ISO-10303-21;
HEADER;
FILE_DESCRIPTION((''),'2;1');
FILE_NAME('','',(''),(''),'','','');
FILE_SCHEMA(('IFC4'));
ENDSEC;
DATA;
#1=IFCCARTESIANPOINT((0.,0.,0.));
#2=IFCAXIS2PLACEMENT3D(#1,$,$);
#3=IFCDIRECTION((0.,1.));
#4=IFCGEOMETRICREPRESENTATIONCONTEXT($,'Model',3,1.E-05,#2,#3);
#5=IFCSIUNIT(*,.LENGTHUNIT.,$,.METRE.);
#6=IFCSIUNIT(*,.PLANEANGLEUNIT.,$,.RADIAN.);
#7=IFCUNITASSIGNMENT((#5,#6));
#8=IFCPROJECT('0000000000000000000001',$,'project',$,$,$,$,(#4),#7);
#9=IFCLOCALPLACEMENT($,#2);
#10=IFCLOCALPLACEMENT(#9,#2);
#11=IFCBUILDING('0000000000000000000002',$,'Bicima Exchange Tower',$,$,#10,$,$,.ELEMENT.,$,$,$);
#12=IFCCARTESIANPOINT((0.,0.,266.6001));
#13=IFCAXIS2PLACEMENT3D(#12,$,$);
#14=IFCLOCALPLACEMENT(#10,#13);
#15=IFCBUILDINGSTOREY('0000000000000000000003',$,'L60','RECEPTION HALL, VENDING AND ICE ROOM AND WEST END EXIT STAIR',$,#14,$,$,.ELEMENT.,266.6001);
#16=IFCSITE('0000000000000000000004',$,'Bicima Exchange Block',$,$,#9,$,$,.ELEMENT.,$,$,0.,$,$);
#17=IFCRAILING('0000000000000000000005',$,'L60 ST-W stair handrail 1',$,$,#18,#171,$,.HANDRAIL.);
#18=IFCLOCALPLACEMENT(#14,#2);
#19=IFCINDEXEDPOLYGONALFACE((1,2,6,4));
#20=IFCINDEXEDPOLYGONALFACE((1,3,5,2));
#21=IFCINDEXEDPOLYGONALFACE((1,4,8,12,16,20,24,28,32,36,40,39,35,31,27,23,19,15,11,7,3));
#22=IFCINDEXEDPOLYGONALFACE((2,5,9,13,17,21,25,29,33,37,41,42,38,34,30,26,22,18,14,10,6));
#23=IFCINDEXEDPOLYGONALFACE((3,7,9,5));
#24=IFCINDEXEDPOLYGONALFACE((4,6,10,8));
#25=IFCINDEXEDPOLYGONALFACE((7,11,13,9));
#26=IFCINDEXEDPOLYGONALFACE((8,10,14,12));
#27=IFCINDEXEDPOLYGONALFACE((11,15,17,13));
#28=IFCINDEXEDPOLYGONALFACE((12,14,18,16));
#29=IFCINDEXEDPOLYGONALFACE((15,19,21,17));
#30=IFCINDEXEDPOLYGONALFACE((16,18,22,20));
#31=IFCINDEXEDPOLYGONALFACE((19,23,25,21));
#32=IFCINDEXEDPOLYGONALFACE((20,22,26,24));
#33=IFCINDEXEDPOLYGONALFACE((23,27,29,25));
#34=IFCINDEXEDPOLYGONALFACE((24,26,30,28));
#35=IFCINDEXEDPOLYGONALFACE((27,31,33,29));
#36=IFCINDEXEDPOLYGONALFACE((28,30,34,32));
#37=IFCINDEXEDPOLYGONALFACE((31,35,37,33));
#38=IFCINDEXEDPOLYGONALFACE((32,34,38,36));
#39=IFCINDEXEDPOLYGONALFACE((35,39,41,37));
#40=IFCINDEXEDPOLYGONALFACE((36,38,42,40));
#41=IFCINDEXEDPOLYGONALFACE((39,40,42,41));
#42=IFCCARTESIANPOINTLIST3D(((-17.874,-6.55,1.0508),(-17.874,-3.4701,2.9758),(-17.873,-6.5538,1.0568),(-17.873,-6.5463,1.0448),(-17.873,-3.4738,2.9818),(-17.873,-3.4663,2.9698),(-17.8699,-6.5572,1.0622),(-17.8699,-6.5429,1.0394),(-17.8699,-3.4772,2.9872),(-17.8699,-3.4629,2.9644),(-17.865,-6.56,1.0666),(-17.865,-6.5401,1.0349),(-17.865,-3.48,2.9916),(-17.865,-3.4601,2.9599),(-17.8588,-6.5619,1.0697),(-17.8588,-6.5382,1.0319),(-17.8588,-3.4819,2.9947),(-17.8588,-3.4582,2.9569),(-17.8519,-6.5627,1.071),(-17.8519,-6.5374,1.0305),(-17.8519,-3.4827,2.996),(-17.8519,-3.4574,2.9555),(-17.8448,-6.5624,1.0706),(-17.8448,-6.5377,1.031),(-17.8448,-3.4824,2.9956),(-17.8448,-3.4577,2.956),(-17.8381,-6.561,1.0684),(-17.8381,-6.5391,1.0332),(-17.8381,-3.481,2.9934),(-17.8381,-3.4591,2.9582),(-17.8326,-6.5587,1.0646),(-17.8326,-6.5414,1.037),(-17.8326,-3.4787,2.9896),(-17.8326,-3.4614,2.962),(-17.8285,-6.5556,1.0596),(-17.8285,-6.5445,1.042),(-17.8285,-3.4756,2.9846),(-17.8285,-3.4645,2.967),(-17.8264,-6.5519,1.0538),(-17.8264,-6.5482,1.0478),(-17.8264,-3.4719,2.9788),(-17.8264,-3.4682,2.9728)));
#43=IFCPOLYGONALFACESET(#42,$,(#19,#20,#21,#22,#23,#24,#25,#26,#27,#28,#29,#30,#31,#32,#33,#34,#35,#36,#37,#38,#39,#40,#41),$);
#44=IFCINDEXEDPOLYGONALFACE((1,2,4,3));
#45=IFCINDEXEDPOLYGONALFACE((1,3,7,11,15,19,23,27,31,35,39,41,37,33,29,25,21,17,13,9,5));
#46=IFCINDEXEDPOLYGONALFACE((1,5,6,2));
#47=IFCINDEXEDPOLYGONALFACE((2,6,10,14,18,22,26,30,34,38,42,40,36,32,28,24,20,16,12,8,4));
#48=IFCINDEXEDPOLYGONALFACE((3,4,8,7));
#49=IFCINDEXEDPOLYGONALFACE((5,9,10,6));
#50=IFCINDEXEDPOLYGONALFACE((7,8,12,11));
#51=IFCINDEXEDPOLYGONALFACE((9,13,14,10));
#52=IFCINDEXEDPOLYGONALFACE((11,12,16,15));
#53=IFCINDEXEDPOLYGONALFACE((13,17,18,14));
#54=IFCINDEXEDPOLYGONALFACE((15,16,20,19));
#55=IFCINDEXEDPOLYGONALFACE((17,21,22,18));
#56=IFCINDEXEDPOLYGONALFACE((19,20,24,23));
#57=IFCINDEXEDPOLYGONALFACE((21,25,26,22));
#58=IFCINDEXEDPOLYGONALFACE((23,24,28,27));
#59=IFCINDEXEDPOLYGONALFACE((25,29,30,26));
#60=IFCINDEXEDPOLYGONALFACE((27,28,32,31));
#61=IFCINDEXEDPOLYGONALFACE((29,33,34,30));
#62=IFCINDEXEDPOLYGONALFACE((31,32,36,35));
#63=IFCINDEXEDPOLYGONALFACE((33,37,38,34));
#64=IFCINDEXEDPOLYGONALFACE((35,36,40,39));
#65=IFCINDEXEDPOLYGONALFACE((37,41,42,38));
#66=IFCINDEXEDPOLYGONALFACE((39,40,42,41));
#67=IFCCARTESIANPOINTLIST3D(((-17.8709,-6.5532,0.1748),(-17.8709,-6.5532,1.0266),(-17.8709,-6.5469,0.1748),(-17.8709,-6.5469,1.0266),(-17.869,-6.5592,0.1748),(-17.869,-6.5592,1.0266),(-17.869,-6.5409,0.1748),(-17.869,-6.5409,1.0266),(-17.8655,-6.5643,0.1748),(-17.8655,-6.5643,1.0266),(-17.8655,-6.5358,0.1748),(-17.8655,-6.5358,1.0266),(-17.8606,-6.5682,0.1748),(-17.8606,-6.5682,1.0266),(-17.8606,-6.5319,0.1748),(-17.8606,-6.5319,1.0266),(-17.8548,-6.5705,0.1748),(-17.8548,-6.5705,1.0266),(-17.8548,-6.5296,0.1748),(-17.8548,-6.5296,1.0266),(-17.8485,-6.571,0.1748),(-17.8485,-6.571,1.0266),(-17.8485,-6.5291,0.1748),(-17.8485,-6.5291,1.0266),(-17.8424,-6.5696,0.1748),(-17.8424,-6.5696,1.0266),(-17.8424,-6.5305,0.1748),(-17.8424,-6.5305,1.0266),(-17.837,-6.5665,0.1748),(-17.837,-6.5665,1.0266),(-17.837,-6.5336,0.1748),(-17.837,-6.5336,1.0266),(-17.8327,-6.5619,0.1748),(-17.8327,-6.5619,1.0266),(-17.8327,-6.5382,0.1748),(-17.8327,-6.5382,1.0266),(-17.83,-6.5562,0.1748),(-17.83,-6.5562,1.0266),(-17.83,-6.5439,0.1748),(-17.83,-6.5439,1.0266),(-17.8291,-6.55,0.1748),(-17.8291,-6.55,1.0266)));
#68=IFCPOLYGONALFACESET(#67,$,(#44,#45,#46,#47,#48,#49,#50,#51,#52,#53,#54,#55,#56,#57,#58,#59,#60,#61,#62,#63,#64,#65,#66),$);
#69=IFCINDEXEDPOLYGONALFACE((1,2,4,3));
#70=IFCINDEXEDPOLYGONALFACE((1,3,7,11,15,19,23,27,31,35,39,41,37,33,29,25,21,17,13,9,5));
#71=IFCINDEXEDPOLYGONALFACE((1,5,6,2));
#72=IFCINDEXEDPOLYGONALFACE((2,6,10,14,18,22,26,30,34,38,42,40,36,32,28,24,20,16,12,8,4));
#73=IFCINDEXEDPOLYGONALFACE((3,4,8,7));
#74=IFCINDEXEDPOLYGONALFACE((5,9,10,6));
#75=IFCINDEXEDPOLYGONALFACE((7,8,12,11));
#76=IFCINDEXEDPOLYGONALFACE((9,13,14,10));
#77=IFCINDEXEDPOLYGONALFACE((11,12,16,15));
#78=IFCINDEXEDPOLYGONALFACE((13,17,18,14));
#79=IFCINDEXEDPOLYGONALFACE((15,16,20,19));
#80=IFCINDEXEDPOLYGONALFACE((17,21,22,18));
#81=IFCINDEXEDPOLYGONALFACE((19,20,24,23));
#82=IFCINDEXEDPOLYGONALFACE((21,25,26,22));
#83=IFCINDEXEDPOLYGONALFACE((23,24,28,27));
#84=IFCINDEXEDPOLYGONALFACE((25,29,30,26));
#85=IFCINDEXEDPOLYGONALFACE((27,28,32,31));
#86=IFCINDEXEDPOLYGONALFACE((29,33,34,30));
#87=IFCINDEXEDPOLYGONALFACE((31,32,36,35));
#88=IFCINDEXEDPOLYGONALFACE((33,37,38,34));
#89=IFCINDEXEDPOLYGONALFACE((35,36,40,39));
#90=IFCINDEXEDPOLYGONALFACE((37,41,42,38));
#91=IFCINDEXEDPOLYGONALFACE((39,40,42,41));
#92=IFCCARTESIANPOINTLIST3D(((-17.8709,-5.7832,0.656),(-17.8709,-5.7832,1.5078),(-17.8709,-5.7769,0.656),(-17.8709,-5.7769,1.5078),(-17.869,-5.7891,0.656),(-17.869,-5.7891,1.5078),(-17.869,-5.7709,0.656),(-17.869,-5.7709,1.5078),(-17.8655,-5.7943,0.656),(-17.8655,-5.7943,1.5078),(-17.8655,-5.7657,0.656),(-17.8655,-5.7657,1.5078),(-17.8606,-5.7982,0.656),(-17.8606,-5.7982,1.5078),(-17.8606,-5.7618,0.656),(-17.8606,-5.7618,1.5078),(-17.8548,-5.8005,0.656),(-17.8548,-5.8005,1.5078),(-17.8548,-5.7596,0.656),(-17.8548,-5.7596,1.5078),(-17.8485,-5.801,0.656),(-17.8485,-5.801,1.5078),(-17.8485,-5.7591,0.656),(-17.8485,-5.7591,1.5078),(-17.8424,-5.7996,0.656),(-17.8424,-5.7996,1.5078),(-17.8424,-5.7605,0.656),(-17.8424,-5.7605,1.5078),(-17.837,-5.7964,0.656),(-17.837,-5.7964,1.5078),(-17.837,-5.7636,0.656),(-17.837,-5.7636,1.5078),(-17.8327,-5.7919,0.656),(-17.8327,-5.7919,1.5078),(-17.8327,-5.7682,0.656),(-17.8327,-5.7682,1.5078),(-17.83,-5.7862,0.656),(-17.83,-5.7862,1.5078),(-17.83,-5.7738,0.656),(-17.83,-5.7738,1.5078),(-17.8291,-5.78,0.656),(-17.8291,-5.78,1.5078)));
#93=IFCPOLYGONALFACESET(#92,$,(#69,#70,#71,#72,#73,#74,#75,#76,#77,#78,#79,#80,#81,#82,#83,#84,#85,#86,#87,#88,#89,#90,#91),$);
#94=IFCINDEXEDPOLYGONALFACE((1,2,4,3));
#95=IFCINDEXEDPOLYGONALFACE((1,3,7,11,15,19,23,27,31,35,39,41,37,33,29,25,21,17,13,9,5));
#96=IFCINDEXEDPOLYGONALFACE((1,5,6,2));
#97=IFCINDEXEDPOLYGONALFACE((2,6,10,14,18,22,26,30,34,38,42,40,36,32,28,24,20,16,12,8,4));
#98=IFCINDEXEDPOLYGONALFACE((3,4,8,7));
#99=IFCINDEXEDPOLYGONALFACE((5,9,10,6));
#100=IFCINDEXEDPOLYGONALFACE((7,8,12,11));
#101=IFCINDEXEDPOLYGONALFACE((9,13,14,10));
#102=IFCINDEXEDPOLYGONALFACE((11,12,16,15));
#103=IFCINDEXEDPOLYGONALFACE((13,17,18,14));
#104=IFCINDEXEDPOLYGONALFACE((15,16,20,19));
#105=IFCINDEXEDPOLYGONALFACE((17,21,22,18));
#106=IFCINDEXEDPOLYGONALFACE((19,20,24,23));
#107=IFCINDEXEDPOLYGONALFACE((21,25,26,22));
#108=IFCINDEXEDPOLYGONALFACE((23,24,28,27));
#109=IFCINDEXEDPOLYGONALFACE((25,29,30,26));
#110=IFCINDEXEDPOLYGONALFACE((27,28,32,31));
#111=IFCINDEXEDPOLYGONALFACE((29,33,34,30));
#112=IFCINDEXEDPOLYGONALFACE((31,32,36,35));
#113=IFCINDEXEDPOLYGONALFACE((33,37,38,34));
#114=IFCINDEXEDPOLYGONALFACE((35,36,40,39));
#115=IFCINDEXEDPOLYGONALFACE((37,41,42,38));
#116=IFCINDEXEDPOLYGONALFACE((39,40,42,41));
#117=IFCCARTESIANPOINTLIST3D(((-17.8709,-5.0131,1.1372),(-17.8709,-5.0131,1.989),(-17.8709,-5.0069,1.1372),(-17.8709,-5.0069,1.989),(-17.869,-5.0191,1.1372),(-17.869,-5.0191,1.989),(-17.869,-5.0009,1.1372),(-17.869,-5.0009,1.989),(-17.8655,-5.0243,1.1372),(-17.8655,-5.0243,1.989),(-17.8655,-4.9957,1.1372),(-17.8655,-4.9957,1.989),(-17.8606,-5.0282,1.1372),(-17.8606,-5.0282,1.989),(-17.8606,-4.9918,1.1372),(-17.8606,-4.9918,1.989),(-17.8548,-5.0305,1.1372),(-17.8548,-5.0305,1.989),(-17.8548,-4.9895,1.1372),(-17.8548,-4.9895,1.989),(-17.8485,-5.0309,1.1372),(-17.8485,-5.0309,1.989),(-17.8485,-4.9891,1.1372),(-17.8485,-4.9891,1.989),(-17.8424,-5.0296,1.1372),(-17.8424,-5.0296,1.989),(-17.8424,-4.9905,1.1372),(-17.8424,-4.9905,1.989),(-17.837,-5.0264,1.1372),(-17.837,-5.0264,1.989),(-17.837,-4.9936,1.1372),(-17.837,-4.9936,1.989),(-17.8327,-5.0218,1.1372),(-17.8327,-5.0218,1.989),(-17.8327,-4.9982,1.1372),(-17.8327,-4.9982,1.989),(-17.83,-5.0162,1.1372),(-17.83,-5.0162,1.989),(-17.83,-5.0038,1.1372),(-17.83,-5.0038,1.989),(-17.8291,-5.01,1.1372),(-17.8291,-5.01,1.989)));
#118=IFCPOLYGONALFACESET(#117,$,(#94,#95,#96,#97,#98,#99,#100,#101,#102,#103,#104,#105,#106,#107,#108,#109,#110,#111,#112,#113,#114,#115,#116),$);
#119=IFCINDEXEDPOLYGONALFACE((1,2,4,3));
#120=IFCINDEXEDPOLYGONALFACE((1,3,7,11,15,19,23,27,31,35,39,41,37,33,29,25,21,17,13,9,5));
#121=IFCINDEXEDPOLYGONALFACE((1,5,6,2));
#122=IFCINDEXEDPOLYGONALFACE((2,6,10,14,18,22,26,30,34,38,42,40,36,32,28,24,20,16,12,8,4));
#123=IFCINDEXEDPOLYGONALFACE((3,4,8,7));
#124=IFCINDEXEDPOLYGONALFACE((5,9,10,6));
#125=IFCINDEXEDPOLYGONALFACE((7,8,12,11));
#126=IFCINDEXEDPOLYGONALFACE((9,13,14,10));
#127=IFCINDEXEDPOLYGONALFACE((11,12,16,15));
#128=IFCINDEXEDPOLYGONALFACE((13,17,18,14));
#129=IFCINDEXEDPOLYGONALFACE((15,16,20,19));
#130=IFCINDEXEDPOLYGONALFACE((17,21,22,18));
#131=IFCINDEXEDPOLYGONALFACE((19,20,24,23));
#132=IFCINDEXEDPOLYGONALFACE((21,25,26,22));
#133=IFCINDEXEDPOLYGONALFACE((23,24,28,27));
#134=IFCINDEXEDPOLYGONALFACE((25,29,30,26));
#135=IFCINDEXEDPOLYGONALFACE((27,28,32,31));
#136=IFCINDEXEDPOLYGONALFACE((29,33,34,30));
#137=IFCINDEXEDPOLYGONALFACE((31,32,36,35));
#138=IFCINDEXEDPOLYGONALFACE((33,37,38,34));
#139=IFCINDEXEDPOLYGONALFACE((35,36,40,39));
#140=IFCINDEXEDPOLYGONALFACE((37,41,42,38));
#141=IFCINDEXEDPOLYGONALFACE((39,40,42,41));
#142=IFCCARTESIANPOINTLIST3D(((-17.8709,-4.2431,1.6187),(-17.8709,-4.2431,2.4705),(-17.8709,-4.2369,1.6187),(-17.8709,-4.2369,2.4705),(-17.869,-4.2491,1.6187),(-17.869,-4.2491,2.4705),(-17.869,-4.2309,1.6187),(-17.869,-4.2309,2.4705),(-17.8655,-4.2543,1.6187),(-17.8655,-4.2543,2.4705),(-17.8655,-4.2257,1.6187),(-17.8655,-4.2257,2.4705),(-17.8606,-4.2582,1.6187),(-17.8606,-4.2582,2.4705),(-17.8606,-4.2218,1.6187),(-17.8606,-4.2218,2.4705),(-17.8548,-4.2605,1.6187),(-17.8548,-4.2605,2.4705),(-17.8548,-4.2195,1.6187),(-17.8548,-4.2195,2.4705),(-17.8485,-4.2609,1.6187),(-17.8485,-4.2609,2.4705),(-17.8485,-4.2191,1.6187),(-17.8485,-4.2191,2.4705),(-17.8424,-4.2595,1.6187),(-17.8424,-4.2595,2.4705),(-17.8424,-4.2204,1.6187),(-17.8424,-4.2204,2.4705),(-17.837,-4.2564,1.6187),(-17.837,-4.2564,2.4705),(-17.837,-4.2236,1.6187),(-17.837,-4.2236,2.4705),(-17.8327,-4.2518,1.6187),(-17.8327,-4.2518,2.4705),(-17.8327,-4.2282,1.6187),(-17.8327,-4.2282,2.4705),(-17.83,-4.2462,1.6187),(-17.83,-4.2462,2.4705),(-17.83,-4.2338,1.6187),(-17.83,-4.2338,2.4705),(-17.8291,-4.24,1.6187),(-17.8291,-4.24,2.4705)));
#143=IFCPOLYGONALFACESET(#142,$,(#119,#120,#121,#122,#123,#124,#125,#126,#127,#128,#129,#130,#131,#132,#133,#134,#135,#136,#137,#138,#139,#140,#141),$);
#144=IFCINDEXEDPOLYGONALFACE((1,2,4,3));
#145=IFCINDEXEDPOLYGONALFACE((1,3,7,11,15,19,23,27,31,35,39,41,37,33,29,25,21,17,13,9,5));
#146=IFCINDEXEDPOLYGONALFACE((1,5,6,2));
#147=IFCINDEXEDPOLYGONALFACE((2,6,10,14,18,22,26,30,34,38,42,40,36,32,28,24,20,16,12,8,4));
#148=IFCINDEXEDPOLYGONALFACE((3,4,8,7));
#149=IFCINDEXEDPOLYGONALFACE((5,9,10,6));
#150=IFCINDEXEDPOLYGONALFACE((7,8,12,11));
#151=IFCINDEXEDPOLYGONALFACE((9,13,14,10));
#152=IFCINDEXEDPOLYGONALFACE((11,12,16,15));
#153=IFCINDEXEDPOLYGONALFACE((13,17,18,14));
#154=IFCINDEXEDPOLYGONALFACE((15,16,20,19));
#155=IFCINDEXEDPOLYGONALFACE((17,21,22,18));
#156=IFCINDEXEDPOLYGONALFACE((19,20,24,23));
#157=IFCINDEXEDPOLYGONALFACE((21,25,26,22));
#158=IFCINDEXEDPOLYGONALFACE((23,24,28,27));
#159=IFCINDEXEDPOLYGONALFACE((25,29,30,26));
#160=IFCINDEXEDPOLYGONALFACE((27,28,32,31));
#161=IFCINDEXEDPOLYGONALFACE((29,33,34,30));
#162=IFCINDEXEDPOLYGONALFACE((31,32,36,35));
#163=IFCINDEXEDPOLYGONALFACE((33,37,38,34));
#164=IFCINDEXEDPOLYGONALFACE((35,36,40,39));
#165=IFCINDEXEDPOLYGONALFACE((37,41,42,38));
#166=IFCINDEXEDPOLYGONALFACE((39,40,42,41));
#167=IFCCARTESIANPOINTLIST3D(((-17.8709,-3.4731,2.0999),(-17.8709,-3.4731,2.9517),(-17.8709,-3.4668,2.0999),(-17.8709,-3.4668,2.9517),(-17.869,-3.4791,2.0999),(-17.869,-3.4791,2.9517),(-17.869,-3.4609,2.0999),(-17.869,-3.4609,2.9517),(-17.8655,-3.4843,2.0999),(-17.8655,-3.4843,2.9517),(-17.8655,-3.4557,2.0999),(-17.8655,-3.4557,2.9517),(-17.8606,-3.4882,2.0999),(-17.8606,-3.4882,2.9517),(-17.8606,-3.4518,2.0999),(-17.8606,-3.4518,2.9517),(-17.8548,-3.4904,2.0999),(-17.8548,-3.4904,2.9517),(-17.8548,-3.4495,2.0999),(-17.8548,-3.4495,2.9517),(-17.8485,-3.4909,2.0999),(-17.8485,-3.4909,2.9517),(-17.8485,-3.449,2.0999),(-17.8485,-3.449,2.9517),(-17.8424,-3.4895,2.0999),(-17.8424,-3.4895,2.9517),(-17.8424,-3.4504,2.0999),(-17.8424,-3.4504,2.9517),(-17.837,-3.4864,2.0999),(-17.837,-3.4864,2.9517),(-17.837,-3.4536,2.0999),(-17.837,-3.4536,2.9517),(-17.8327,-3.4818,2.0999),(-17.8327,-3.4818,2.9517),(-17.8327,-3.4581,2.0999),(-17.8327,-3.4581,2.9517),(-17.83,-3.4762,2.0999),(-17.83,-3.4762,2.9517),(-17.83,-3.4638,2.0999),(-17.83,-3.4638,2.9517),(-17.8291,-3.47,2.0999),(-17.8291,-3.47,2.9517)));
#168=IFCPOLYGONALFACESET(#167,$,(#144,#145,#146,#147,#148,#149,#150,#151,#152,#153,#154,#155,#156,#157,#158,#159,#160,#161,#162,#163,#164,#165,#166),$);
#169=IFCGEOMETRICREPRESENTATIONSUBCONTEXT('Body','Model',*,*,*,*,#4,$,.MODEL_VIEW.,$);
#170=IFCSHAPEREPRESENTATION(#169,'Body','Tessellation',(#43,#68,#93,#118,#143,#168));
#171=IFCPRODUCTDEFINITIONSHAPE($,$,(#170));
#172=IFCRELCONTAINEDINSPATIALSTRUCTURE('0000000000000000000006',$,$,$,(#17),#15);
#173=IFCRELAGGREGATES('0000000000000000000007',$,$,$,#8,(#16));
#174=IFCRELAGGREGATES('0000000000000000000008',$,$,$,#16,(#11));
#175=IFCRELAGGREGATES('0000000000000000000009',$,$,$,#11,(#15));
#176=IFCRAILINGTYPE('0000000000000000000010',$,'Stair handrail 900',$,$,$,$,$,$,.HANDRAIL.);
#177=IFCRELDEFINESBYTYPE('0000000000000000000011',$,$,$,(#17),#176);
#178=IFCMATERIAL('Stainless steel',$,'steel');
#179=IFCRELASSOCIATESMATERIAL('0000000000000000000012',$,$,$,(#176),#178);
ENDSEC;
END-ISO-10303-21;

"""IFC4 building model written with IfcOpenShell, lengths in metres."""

from ifc_helpers import new_model, si_unit, direction, frame, origin, origin_2d, place, context, subcontext, project, spatial, circle, extrude, material, type_object, element, save


model = new_model("IFC4")

# Units and contexts
model_context = context("Model", 3, precision=1e-05, world=origin(), true_north=direction((0.0, 1.0)))
body_context = subcontext(model_context, "Body", "Model", "MODEL_VIEW")
ifc_project = project(units=[si_unit("LENGTHUNIT", "METRE"), si_unit("PLANEANGLEUNIT", "RADIAN")], contexts=[model_context])

# Site, building, storey
site_placement = place(None, origin())
site = spatial("IfcSite", under=ifc_project, at=site_placement, Name="Bicima Exchange Block", CompositionType="ELEMENT", RefElevation=0.0)
building_placement = place(site_placement, origin())
building = spatial("IfcBuilding", under=site, at=building_placement, Name="Bicima Exchange Tower", CompositionType="ELEMENT")
storey_placement = place(building_placement, frame((0.0, 0.0, 266.6001)))
storey = spatial("IfcBuildingStorey", under=building, at=storey_placement, Name="L60", Description="RECEPTION HALL, VENDING AND ICE ROOM AND WEST END EXIT STAIR", CompositionType="ELEMENT", Elevation=266.6001)

# Shared definitions
ifc_material_1 = material(Name="Stainless steel", Category="steel")

# Railing
railing_type_1 = type_object("IfcRailingType", Name="Stair handrail 900", PredefinedType="HANDRAIL", material=ifc_material_1)
railing_1_placement = place(storey_placement, frame((-17.8501, -6.55, 0.1748)))
element("IfcRailing", 1, at=railing_1_placement, inside=storey, type_object=railing_type_1, Name="L60 ST-W stair handrail 1", PredefinedType="HANDRAIL", context=body_context, shape_type="SweptSolid", body=[
    extrude(circle(Radius=0.0239, at=origin_2d()), frame((0.0, 0.0, 0.876), z_axis=(0.0, 0.847998, 0.529999), x_axis=(-1.0, 0.0, 0.0)), (0.0, 0.0, 1.0), 3.6321),
    extrude(circle(Radius=0.021, at=origin_2d()), origin(), (0.0, 0.0, 1.0), 0.8518),
    extrude(circle(Radius=0.021, at=origin_2d()), frame((0.0, 0.77, 0.4812)), (0.0, 0.0, 1.0), 0.8518),
    extrude(circle(Radius=0.021, at=origin_2d()), frame((0.0, 1.54, 0.9624)), (0.0, 0.0, 1.0), 0.8518),
    extrude(circle(Radius=0.021, at=origin_2d()), frame((0.0, 2.3101, 1.4438)), (0.0, 0.0, 1.0), 0.8518),
    extrude(circle(Radius=0.021, at=origin_2d()), frame((0.0, 3.0801, 1.925)), (0.0, 0.0, 1.0), 0.8518),
])

save(model, "model.ifc")
